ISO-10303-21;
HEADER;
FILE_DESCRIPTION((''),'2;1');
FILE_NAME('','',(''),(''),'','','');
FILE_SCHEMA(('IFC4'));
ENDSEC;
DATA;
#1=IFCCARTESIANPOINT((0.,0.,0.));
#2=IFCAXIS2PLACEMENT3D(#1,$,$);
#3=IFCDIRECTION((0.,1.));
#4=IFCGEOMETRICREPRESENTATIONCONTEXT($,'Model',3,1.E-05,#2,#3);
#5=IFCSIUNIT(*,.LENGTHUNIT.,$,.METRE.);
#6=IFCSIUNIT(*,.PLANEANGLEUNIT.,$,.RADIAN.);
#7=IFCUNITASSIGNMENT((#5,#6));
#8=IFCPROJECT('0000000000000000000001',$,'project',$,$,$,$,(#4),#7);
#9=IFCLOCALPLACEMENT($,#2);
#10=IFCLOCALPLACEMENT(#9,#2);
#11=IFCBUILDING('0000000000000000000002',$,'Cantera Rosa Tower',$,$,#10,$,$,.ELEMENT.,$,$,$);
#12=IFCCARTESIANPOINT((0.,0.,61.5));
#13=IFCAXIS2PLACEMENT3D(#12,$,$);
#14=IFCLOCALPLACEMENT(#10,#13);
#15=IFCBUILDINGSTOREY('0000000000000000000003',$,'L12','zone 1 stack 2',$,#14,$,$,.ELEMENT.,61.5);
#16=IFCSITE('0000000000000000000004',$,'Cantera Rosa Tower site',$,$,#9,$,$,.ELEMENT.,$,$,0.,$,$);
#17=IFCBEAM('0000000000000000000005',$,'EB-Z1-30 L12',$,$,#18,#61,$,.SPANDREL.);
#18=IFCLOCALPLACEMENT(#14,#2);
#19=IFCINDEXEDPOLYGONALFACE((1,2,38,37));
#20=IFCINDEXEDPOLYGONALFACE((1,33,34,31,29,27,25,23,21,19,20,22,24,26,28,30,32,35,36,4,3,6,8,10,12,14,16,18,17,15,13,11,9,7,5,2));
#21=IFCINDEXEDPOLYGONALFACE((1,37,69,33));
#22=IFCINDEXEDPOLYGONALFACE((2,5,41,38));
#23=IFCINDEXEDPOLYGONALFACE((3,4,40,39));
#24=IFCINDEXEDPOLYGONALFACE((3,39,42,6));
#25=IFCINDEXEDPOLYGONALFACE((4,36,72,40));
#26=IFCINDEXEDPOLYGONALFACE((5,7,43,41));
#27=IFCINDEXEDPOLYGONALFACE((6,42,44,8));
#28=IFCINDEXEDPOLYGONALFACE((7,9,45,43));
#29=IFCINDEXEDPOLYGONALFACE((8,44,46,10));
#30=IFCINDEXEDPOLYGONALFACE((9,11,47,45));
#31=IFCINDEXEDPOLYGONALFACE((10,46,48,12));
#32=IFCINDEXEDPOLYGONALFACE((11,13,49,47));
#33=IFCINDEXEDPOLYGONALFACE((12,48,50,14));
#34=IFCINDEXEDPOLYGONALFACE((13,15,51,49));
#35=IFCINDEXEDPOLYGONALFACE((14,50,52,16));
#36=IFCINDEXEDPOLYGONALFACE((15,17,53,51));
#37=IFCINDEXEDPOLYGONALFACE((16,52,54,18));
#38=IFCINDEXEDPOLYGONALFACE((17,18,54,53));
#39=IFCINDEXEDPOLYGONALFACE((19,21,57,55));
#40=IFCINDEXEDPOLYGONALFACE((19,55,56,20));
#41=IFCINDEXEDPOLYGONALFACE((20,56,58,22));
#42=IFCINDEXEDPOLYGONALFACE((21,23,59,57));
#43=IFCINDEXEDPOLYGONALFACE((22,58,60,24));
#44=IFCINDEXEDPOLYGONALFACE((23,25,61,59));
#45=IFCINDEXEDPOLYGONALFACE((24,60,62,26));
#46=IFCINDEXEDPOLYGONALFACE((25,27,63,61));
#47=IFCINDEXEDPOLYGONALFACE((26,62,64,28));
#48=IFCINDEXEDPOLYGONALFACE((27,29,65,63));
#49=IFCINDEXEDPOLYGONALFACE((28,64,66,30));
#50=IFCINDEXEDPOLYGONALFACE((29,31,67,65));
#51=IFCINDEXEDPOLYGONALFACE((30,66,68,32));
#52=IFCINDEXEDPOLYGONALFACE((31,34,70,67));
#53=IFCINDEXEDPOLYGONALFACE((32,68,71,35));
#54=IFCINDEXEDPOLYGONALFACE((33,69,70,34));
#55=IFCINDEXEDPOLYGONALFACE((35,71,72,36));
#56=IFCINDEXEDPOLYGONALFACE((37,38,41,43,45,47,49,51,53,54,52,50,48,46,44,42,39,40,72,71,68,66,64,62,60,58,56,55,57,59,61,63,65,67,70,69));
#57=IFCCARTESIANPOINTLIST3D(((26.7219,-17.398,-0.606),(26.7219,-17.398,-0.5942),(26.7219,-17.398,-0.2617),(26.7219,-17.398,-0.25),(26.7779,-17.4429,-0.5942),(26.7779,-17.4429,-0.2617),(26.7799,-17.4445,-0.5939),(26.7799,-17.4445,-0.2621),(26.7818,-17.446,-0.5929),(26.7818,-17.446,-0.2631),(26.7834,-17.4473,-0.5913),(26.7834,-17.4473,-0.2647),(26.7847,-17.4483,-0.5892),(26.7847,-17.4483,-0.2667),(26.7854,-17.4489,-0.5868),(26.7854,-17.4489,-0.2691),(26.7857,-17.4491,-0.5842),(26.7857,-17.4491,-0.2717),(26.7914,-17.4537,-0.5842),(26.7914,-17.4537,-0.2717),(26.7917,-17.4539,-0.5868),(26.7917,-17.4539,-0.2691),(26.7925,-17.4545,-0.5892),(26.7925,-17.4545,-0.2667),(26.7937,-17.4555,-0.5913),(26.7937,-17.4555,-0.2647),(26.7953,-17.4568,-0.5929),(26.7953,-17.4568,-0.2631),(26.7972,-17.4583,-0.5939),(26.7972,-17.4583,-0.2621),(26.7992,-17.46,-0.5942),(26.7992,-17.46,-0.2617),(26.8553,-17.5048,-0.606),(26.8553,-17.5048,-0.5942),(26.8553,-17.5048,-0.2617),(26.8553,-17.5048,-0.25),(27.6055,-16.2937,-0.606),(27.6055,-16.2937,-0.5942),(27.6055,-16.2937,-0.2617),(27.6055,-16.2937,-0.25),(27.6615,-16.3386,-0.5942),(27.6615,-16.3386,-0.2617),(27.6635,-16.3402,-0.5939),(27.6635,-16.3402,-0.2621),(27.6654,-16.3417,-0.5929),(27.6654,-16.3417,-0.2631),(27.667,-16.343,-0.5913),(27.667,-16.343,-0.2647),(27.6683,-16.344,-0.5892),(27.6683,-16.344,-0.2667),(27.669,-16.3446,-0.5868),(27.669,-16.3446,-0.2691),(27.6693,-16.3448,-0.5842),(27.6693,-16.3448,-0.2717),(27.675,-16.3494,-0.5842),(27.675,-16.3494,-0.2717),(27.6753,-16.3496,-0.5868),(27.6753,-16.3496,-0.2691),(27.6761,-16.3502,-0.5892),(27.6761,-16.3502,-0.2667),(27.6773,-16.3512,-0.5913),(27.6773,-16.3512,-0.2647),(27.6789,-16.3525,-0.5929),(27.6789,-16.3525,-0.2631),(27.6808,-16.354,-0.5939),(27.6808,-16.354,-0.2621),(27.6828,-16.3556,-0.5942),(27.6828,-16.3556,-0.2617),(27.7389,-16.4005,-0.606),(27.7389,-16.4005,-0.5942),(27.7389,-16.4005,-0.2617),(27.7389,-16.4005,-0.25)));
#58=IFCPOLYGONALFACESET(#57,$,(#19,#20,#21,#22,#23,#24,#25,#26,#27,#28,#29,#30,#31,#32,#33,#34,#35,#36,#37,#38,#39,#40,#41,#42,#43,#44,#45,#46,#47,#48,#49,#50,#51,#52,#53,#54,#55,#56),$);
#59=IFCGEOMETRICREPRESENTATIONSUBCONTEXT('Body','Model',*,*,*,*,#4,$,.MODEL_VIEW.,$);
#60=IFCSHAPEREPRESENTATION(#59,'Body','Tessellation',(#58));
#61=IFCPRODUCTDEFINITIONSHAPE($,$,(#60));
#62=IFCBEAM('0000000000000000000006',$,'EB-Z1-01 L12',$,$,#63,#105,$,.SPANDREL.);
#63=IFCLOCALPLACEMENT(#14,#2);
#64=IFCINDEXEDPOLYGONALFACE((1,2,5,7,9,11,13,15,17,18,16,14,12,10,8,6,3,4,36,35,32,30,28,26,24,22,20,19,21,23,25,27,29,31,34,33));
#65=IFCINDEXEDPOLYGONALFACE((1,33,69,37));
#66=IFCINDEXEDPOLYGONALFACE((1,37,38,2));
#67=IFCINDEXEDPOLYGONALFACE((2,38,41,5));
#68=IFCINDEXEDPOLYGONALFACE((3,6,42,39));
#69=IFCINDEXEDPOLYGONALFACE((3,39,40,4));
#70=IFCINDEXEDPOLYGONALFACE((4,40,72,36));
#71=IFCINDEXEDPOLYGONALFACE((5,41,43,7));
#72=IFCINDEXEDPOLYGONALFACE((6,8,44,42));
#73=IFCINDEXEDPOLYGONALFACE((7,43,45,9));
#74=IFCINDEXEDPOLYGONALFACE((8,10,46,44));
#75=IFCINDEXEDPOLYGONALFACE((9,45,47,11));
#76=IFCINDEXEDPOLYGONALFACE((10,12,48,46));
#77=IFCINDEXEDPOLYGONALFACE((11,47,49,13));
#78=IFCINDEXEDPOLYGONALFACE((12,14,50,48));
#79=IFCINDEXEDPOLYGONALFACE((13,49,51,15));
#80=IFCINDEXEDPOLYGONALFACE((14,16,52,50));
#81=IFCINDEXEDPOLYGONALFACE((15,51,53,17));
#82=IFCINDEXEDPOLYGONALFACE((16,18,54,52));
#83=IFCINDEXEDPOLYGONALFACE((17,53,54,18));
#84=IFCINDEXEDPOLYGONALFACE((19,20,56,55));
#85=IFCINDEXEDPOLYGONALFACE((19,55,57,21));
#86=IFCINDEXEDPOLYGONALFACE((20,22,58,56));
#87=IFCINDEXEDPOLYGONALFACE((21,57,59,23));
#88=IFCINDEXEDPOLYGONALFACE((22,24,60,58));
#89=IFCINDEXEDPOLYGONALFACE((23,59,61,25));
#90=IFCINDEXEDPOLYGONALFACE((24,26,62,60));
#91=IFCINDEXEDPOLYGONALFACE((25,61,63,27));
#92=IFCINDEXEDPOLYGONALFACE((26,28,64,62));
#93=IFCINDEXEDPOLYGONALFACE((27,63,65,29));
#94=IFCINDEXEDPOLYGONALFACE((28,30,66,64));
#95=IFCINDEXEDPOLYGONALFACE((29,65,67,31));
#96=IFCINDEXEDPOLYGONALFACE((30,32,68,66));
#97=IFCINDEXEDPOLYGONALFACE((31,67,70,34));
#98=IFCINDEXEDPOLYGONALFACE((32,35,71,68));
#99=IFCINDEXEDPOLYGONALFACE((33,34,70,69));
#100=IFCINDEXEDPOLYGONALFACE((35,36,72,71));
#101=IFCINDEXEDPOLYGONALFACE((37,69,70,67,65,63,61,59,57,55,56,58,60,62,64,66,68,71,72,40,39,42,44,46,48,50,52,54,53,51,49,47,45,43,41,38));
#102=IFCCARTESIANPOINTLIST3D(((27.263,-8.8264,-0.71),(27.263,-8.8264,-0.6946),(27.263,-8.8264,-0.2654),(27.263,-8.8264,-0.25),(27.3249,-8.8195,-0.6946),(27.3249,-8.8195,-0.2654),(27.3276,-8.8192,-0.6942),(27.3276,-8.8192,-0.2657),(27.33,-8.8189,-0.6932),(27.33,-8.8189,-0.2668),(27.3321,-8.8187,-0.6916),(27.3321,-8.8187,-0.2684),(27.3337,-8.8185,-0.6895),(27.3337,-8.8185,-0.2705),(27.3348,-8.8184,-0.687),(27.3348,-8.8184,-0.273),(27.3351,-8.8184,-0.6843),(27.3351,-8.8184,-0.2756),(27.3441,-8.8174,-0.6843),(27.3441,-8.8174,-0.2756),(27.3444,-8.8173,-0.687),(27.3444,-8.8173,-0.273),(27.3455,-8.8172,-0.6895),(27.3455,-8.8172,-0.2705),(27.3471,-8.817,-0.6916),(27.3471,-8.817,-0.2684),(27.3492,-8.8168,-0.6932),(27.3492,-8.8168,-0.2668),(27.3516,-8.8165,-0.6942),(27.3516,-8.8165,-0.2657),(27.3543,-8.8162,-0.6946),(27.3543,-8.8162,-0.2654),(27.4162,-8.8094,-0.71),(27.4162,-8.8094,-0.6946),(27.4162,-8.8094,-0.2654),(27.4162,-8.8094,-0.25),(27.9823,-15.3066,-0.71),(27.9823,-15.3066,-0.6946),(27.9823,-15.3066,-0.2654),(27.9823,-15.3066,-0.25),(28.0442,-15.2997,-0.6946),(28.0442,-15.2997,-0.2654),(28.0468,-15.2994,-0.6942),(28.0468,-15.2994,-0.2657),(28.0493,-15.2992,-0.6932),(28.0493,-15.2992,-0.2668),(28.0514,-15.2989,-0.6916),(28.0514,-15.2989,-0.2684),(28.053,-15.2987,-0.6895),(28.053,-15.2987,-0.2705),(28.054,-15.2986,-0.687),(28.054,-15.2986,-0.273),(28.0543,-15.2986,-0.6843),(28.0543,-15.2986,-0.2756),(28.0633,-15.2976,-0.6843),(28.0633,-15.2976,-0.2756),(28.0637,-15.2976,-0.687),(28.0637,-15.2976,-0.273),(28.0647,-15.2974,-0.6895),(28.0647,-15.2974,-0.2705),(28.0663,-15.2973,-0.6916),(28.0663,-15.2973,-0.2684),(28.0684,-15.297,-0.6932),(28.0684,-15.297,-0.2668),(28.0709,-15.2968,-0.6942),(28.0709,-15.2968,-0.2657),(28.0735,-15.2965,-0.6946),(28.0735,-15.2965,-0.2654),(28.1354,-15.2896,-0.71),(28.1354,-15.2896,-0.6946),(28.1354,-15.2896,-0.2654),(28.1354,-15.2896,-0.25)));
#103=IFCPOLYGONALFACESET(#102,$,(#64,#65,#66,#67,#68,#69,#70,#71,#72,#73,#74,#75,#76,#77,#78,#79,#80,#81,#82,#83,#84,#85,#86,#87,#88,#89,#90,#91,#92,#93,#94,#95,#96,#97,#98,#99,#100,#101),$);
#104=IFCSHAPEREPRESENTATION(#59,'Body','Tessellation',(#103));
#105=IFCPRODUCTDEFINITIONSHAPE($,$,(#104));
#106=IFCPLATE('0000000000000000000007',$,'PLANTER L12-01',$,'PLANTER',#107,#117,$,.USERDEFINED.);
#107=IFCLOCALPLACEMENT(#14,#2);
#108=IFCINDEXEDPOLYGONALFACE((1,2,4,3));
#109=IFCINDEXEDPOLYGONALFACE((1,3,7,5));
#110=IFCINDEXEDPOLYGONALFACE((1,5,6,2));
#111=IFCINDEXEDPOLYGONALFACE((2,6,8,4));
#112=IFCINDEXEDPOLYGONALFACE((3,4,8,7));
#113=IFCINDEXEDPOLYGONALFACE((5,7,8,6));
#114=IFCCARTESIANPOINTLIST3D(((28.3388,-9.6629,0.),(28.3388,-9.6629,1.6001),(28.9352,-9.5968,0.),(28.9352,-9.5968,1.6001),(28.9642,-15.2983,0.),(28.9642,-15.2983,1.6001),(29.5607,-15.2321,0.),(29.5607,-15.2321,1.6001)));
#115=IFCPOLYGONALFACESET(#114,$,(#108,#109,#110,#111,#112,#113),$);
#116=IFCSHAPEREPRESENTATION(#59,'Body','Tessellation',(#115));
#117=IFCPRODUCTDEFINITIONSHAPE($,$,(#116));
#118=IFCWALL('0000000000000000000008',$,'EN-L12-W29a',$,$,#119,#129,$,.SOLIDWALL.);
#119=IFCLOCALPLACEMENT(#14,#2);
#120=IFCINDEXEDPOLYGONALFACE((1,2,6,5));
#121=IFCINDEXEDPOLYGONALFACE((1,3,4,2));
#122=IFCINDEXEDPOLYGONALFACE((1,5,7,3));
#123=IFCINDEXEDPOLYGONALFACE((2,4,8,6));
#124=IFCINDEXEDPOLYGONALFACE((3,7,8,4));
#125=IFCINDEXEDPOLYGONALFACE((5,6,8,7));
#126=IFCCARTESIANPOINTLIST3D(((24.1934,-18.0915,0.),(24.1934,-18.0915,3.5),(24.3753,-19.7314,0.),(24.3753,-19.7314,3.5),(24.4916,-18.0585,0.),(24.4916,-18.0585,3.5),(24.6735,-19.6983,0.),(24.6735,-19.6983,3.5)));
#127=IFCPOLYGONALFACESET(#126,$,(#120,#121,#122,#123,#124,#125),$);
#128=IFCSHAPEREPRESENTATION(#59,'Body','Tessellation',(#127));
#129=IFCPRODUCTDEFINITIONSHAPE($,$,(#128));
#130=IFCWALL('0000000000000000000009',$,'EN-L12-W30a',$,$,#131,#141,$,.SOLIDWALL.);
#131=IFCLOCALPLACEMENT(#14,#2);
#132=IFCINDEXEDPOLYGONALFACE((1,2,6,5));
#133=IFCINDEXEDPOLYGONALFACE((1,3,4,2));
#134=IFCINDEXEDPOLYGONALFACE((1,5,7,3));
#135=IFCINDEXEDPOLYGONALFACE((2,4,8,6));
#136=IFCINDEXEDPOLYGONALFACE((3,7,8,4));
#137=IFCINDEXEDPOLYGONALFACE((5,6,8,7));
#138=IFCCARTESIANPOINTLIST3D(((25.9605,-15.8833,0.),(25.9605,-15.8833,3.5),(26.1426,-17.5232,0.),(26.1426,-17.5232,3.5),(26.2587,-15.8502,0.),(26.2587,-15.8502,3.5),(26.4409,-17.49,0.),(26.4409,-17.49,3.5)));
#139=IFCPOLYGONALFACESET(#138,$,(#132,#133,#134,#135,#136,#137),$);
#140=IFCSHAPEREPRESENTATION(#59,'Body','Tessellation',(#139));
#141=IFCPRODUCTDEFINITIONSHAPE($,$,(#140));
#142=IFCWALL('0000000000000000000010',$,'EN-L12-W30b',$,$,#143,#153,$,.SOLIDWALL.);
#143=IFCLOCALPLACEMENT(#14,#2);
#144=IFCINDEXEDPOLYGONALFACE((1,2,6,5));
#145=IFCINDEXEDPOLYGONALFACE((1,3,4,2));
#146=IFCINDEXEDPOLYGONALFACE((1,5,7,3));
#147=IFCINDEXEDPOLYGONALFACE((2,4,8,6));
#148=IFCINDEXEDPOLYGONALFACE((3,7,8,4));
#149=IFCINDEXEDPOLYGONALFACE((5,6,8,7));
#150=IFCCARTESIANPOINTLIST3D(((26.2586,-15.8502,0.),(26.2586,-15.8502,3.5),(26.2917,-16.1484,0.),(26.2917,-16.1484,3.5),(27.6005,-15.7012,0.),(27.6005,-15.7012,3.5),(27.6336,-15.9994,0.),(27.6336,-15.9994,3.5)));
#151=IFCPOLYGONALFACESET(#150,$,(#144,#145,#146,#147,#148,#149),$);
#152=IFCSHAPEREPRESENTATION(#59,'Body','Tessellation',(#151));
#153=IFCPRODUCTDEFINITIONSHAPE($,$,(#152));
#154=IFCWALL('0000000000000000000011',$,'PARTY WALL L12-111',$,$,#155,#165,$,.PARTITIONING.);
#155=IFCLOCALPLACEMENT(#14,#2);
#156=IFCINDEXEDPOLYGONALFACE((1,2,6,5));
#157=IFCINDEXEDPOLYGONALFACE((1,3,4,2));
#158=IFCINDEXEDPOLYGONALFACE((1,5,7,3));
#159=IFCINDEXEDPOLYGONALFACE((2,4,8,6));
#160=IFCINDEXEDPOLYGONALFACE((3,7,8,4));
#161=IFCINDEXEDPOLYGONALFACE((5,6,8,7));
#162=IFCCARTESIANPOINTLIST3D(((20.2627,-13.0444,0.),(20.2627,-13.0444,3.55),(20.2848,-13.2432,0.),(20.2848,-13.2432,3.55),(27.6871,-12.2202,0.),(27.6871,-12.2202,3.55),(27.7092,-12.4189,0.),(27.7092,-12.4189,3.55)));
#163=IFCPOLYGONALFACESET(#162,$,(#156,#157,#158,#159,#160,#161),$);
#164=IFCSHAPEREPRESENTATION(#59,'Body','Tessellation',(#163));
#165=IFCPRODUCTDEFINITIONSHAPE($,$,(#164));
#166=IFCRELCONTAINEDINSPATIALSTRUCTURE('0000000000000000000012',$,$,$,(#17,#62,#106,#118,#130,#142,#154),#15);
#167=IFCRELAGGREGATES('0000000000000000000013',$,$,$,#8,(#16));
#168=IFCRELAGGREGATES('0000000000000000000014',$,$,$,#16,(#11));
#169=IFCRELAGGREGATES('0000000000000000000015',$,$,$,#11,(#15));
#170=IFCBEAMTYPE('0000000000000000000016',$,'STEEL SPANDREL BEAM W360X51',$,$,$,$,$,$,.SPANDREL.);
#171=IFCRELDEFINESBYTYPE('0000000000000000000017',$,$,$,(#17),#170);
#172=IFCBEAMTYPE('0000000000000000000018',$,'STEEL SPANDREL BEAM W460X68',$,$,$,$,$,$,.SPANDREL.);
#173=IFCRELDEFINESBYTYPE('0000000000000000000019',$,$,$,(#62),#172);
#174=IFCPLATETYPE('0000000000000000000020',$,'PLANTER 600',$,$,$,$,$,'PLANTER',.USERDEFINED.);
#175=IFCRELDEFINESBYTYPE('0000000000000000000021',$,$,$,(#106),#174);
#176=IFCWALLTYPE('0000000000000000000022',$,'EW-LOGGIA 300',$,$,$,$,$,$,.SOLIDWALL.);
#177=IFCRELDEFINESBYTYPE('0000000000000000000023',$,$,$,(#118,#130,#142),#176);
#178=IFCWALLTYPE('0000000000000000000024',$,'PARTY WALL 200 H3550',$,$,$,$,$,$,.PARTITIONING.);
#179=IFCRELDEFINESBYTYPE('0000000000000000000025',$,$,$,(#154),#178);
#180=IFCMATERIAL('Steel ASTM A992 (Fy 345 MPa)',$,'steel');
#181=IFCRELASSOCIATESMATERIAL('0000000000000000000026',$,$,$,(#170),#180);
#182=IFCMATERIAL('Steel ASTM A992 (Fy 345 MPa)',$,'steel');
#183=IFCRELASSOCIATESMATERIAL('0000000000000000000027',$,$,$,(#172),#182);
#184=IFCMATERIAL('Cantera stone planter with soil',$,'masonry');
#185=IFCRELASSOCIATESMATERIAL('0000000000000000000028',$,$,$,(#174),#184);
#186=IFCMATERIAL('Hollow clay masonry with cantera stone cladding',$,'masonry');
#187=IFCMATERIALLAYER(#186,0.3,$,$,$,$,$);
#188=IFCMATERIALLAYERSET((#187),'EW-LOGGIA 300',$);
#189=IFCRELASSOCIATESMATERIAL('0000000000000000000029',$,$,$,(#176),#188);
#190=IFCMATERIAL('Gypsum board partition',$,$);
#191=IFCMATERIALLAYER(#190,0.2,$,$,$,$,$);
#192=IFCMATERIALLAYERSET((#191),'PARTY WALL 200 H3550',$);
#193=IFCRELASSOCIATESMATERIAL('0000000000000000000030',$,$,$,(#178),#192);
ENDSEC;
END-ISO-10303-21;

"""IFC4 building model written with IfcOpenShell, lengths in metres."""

from ifc_helpers import new_model, si_unit, direction, frame, frame_2d, origin, origin_2d, place, context, subcontext, project, spatial, rectangle, i_section, extrude, material, layer, layer_set, material_profile, profile_set, type_object, element, save


model = new_model("IFC4")

# Units and contexts
model_context = context("Model", 3, precision=1e-05, world=origin(), true_north=direction((0.0, 1.0)))
body_context = subcontext(model_context, "Body", "Model", "MODEL_VIEW")
ifc_project = project(units=[si_unit("LENGTHUNIT", "METRE"), si_unit("PLANEANGLEUNIT", "RADIAN")], contexts=[model_context])

# Site, building, storey
site_placement = place(None, origin())
site = spatial("IfcSite", under=ifc_project, at=site_placement, Name="Cantera Rosa Tower site", CompositionType="ELEMENT", RefElevation=0.0)
building_placement = place(site_placement, origin())
building = spatial("IfcBuilding", under=site, at=building_placement, Name="Cantera Rosa Tower", CompositionType="ELEMENT")
storey_placement = place(building_placement, frame((0.0, 0.0, 61.5)))
storey = spatial("IfcBuildingStorey", under=building, at=storey_placement, Name="L12", Description="zone 1 stack 2", CompositionType="ELEMENT", Elevation=61.5)

# Beams
ifc_material_1 = material(Name="Steel ASTM A992 (Fy 345 MPa)", Category="steel")
ifc_material_profile_1 = material_profile(ifc_material_1, i_section(OverallWidth=0.1709, OverallDepth=0.356, WebThickness=0.0073, FlangeThickness=0.0117, FilletRadius=0.01, at=origin_2d()), Name="W360X51")
ifc_profile_set_1 = profile_set([ifc_material_profile_1], Name="Steel ASTM A992 (Fy 345 MPa)")
beam_type_1 = type_object("IfcBeamType", Name="STEEL SPANDREL BEAM W360X51", PredefinedType="SPANDREL", material=ifc_profile_set_1)
for number, where, z_axis, x_axis, name in (
    (1, (26.7886, -17.4514, -0.428), (0.624758, 0.780818, 0.0), (-0.780818, 0.624758, 0.0), "EB-Z1-30 L12"),
):
    element("IfcBeam", number, at=place(storey_placement, frame(where, z_axis=z_axis, x_axis=x_axis)), inside=storey, type_object=beam_type_1, Name=name, PredefinedType="SPANDREL", context=body_context, shape_type="SweptSolid", body=[
        extrude(i_section(OverallWidth=0.1709, OverallDepth=0.356, WebThickness=0.0073, FlangeThickness=0.0117, FilletRadius=0.01, at=origin_2d()), origin(), (0.0, 0.0, 1.0), 1.4143),
    ])
ifc_material_2 = material(Name="Steel ASTM A992 (Fy 345 MPa)", Category="steel")
ifc_material_profile_2 = material_profile(ifc_material_2, i_section(OverallWidth=0.1541, OverallDepth=0.46, WebThickness=0.009, FlangeThickness=0.0154, FilletRadius=0.0103, at=origin_2d()), Name="W460X68")
ifc_profile_set_2 = profile_set([ifc_material_profile_2], Name="Steel ASTM A992 (Fy 345 MPa)")
beam_type_2 = type_object("IfcBeamType", Name="STEEL SPANDREL BEAM W460X68", PredefinedType="SPANDREL", material=ifc_profile_set_2)
beam_1_placement = place(storey_placement, frame((28.0588, -15.2981, -0.48), z_axis=(-0.110312, 0.993897, 0.0), x_axis=(-0.993897, -0.110312, 0.0)))
element("IfcBeam", 2, at=beam_1_placement, inside=storey, type_object=beam_type_2, Name="EB-Z1-01 L12", PredefinedType="SPANDREL", context=body_context, shape_type="SweptSolid", body=[
    extrude(i_section(OverallWidth=0.1541, OverallDepth=0.46, WebThickness=0.009, FlangeThickness=0.0154, FilletRadius=0.0103, at=origin_2d()), origin(), (0.0, 0.0, 1.0), 6.52),
])

# Plate
ifc_material_3 = material(Name="Cantera stone planter with soil", Category="masonry")
plate_type = type_object("IfcPlateType", Name="PLANTER 600", ElementType="PLANTER", PredefinedType="USERDEFINED", material=ifc_material_3)
plate_placement = place(storey_placement, frame((28.9497, -12.4475, 0.0), z_axis=(0.0, 0.0, 1.0), x_axis=(-0.110313, 0.993897, 0.0)))
element("IfcPlate", 3, at=plate_placement, inside=storey, type_object=plate_type, Name="PLANTER L12-01", ObjectType="PLANTER", PredefinedType="USERDEFINED", context=body_context, shape_type="SweptSolid", body=[
    extrude(rectangle(XDim=5.6699, YDim=0.6001, at=origin_2d()), origin(), (0.0, 0.0, 1.0), 1.6001),
])

# Walls
ifc_material_4 = material(Name="Hollow clay masonry with cantera stone cladding", Category="masonry")
ifc_layer_1 = layer(ifc_material_4, 0.3)
ifc_layer_set_1 = layer_set([ifc_layer_1], Name="EW-LOGGIA 300")
wall_type_1 = type_object("IfcWallType", Name="EW-LOGGIA 300", PredefinedType="SOLIDWALL", material=ifc_layer_set_1)
for number, where, z_axis, x_axis, name in (
    (4, (24.5244, -19.7148, 0.0), (0.0, 0.0, 1.0), (-0.110237, 0.993905, 0.0), "EN-L12-W29a"),
    (5, (26.2917, -17.5066, 0.0), (0.0, 0.0, 1.0), (-0.110383, 0.993889, 0.0), "EN-L12-W30a"),
):
    element("IfcWall", number, at=place(storey_placement, frame(where, z_axis=z_axis, x_axis=x_axis)), inside=storey, type_object=wall_type_1, Name=name, PredefinedType="SOLIDWALL", context=body_context, shape_type="SweptSolid", body=[
        extrude(rectangle(XDim=1.6499, YDim=0.3, at=frame_2d((0.825, 0.0))), origin(), (0.0, 0.0, 1.0), 3.5),
    ])
wall_1_placement = place(storey_placement, frame((26.2751, -15.9993, 0.0), z_axis=(0.0, 0.0, 1.0), x_axis=(0.993897, 0.110312, 0.0)))
element("IfcWall", 6, at=wall_1_placement, inside=storey, type_object=wall_type_1, Name="EN-L12-W30b", PredefinedType="SOLIDWALL", context=body_context, shape_type="SweptSolid", body=[
    extrude(rectangle(XDim=1.3501, YDim=0.3, at=frame_2d((0.675, 0.0))), origin(), (0.0, 0.0, 1.0), 3.5),
])

# Wall
ifc_material_5 = material(Name="Gypsum board partition")
ifc_layer_2 = layer(ifc_material_5, 0.2)
ifc_layer_set_2 = layer_set([ifc_layer_2], Name="PARTY WALL 200 H3550")
wall_type_2 = type_object("IfcWallType", Name="PARTY WALL 200 H3550", PredefinedType="PARTITIONING", material=ifc_layer_set_2)
wall_2_placement = place(storey_placement, frame((27.698, -12.3196, 0.0), z_axis=(0.0, 0.0, 1.0), x_axis=(-0.993894, -0.110338, 0.0)))
element("IfcWall", 7, at=wall_2_placement, inside=storey, type_object=wall_type_2, Name="PARTY WALL L12-111", PredefinedType="PARTITIONING", context=body_context, shape_type="SweptSolid", body=[
    extrude(rectangle(XDim=7.47, YDim=0.2, at=frame_2d((3.7349, 0.0))), origin(), (0.0, 0.0, 1.0), 3.55),
])

save(model, "model.ifc")
